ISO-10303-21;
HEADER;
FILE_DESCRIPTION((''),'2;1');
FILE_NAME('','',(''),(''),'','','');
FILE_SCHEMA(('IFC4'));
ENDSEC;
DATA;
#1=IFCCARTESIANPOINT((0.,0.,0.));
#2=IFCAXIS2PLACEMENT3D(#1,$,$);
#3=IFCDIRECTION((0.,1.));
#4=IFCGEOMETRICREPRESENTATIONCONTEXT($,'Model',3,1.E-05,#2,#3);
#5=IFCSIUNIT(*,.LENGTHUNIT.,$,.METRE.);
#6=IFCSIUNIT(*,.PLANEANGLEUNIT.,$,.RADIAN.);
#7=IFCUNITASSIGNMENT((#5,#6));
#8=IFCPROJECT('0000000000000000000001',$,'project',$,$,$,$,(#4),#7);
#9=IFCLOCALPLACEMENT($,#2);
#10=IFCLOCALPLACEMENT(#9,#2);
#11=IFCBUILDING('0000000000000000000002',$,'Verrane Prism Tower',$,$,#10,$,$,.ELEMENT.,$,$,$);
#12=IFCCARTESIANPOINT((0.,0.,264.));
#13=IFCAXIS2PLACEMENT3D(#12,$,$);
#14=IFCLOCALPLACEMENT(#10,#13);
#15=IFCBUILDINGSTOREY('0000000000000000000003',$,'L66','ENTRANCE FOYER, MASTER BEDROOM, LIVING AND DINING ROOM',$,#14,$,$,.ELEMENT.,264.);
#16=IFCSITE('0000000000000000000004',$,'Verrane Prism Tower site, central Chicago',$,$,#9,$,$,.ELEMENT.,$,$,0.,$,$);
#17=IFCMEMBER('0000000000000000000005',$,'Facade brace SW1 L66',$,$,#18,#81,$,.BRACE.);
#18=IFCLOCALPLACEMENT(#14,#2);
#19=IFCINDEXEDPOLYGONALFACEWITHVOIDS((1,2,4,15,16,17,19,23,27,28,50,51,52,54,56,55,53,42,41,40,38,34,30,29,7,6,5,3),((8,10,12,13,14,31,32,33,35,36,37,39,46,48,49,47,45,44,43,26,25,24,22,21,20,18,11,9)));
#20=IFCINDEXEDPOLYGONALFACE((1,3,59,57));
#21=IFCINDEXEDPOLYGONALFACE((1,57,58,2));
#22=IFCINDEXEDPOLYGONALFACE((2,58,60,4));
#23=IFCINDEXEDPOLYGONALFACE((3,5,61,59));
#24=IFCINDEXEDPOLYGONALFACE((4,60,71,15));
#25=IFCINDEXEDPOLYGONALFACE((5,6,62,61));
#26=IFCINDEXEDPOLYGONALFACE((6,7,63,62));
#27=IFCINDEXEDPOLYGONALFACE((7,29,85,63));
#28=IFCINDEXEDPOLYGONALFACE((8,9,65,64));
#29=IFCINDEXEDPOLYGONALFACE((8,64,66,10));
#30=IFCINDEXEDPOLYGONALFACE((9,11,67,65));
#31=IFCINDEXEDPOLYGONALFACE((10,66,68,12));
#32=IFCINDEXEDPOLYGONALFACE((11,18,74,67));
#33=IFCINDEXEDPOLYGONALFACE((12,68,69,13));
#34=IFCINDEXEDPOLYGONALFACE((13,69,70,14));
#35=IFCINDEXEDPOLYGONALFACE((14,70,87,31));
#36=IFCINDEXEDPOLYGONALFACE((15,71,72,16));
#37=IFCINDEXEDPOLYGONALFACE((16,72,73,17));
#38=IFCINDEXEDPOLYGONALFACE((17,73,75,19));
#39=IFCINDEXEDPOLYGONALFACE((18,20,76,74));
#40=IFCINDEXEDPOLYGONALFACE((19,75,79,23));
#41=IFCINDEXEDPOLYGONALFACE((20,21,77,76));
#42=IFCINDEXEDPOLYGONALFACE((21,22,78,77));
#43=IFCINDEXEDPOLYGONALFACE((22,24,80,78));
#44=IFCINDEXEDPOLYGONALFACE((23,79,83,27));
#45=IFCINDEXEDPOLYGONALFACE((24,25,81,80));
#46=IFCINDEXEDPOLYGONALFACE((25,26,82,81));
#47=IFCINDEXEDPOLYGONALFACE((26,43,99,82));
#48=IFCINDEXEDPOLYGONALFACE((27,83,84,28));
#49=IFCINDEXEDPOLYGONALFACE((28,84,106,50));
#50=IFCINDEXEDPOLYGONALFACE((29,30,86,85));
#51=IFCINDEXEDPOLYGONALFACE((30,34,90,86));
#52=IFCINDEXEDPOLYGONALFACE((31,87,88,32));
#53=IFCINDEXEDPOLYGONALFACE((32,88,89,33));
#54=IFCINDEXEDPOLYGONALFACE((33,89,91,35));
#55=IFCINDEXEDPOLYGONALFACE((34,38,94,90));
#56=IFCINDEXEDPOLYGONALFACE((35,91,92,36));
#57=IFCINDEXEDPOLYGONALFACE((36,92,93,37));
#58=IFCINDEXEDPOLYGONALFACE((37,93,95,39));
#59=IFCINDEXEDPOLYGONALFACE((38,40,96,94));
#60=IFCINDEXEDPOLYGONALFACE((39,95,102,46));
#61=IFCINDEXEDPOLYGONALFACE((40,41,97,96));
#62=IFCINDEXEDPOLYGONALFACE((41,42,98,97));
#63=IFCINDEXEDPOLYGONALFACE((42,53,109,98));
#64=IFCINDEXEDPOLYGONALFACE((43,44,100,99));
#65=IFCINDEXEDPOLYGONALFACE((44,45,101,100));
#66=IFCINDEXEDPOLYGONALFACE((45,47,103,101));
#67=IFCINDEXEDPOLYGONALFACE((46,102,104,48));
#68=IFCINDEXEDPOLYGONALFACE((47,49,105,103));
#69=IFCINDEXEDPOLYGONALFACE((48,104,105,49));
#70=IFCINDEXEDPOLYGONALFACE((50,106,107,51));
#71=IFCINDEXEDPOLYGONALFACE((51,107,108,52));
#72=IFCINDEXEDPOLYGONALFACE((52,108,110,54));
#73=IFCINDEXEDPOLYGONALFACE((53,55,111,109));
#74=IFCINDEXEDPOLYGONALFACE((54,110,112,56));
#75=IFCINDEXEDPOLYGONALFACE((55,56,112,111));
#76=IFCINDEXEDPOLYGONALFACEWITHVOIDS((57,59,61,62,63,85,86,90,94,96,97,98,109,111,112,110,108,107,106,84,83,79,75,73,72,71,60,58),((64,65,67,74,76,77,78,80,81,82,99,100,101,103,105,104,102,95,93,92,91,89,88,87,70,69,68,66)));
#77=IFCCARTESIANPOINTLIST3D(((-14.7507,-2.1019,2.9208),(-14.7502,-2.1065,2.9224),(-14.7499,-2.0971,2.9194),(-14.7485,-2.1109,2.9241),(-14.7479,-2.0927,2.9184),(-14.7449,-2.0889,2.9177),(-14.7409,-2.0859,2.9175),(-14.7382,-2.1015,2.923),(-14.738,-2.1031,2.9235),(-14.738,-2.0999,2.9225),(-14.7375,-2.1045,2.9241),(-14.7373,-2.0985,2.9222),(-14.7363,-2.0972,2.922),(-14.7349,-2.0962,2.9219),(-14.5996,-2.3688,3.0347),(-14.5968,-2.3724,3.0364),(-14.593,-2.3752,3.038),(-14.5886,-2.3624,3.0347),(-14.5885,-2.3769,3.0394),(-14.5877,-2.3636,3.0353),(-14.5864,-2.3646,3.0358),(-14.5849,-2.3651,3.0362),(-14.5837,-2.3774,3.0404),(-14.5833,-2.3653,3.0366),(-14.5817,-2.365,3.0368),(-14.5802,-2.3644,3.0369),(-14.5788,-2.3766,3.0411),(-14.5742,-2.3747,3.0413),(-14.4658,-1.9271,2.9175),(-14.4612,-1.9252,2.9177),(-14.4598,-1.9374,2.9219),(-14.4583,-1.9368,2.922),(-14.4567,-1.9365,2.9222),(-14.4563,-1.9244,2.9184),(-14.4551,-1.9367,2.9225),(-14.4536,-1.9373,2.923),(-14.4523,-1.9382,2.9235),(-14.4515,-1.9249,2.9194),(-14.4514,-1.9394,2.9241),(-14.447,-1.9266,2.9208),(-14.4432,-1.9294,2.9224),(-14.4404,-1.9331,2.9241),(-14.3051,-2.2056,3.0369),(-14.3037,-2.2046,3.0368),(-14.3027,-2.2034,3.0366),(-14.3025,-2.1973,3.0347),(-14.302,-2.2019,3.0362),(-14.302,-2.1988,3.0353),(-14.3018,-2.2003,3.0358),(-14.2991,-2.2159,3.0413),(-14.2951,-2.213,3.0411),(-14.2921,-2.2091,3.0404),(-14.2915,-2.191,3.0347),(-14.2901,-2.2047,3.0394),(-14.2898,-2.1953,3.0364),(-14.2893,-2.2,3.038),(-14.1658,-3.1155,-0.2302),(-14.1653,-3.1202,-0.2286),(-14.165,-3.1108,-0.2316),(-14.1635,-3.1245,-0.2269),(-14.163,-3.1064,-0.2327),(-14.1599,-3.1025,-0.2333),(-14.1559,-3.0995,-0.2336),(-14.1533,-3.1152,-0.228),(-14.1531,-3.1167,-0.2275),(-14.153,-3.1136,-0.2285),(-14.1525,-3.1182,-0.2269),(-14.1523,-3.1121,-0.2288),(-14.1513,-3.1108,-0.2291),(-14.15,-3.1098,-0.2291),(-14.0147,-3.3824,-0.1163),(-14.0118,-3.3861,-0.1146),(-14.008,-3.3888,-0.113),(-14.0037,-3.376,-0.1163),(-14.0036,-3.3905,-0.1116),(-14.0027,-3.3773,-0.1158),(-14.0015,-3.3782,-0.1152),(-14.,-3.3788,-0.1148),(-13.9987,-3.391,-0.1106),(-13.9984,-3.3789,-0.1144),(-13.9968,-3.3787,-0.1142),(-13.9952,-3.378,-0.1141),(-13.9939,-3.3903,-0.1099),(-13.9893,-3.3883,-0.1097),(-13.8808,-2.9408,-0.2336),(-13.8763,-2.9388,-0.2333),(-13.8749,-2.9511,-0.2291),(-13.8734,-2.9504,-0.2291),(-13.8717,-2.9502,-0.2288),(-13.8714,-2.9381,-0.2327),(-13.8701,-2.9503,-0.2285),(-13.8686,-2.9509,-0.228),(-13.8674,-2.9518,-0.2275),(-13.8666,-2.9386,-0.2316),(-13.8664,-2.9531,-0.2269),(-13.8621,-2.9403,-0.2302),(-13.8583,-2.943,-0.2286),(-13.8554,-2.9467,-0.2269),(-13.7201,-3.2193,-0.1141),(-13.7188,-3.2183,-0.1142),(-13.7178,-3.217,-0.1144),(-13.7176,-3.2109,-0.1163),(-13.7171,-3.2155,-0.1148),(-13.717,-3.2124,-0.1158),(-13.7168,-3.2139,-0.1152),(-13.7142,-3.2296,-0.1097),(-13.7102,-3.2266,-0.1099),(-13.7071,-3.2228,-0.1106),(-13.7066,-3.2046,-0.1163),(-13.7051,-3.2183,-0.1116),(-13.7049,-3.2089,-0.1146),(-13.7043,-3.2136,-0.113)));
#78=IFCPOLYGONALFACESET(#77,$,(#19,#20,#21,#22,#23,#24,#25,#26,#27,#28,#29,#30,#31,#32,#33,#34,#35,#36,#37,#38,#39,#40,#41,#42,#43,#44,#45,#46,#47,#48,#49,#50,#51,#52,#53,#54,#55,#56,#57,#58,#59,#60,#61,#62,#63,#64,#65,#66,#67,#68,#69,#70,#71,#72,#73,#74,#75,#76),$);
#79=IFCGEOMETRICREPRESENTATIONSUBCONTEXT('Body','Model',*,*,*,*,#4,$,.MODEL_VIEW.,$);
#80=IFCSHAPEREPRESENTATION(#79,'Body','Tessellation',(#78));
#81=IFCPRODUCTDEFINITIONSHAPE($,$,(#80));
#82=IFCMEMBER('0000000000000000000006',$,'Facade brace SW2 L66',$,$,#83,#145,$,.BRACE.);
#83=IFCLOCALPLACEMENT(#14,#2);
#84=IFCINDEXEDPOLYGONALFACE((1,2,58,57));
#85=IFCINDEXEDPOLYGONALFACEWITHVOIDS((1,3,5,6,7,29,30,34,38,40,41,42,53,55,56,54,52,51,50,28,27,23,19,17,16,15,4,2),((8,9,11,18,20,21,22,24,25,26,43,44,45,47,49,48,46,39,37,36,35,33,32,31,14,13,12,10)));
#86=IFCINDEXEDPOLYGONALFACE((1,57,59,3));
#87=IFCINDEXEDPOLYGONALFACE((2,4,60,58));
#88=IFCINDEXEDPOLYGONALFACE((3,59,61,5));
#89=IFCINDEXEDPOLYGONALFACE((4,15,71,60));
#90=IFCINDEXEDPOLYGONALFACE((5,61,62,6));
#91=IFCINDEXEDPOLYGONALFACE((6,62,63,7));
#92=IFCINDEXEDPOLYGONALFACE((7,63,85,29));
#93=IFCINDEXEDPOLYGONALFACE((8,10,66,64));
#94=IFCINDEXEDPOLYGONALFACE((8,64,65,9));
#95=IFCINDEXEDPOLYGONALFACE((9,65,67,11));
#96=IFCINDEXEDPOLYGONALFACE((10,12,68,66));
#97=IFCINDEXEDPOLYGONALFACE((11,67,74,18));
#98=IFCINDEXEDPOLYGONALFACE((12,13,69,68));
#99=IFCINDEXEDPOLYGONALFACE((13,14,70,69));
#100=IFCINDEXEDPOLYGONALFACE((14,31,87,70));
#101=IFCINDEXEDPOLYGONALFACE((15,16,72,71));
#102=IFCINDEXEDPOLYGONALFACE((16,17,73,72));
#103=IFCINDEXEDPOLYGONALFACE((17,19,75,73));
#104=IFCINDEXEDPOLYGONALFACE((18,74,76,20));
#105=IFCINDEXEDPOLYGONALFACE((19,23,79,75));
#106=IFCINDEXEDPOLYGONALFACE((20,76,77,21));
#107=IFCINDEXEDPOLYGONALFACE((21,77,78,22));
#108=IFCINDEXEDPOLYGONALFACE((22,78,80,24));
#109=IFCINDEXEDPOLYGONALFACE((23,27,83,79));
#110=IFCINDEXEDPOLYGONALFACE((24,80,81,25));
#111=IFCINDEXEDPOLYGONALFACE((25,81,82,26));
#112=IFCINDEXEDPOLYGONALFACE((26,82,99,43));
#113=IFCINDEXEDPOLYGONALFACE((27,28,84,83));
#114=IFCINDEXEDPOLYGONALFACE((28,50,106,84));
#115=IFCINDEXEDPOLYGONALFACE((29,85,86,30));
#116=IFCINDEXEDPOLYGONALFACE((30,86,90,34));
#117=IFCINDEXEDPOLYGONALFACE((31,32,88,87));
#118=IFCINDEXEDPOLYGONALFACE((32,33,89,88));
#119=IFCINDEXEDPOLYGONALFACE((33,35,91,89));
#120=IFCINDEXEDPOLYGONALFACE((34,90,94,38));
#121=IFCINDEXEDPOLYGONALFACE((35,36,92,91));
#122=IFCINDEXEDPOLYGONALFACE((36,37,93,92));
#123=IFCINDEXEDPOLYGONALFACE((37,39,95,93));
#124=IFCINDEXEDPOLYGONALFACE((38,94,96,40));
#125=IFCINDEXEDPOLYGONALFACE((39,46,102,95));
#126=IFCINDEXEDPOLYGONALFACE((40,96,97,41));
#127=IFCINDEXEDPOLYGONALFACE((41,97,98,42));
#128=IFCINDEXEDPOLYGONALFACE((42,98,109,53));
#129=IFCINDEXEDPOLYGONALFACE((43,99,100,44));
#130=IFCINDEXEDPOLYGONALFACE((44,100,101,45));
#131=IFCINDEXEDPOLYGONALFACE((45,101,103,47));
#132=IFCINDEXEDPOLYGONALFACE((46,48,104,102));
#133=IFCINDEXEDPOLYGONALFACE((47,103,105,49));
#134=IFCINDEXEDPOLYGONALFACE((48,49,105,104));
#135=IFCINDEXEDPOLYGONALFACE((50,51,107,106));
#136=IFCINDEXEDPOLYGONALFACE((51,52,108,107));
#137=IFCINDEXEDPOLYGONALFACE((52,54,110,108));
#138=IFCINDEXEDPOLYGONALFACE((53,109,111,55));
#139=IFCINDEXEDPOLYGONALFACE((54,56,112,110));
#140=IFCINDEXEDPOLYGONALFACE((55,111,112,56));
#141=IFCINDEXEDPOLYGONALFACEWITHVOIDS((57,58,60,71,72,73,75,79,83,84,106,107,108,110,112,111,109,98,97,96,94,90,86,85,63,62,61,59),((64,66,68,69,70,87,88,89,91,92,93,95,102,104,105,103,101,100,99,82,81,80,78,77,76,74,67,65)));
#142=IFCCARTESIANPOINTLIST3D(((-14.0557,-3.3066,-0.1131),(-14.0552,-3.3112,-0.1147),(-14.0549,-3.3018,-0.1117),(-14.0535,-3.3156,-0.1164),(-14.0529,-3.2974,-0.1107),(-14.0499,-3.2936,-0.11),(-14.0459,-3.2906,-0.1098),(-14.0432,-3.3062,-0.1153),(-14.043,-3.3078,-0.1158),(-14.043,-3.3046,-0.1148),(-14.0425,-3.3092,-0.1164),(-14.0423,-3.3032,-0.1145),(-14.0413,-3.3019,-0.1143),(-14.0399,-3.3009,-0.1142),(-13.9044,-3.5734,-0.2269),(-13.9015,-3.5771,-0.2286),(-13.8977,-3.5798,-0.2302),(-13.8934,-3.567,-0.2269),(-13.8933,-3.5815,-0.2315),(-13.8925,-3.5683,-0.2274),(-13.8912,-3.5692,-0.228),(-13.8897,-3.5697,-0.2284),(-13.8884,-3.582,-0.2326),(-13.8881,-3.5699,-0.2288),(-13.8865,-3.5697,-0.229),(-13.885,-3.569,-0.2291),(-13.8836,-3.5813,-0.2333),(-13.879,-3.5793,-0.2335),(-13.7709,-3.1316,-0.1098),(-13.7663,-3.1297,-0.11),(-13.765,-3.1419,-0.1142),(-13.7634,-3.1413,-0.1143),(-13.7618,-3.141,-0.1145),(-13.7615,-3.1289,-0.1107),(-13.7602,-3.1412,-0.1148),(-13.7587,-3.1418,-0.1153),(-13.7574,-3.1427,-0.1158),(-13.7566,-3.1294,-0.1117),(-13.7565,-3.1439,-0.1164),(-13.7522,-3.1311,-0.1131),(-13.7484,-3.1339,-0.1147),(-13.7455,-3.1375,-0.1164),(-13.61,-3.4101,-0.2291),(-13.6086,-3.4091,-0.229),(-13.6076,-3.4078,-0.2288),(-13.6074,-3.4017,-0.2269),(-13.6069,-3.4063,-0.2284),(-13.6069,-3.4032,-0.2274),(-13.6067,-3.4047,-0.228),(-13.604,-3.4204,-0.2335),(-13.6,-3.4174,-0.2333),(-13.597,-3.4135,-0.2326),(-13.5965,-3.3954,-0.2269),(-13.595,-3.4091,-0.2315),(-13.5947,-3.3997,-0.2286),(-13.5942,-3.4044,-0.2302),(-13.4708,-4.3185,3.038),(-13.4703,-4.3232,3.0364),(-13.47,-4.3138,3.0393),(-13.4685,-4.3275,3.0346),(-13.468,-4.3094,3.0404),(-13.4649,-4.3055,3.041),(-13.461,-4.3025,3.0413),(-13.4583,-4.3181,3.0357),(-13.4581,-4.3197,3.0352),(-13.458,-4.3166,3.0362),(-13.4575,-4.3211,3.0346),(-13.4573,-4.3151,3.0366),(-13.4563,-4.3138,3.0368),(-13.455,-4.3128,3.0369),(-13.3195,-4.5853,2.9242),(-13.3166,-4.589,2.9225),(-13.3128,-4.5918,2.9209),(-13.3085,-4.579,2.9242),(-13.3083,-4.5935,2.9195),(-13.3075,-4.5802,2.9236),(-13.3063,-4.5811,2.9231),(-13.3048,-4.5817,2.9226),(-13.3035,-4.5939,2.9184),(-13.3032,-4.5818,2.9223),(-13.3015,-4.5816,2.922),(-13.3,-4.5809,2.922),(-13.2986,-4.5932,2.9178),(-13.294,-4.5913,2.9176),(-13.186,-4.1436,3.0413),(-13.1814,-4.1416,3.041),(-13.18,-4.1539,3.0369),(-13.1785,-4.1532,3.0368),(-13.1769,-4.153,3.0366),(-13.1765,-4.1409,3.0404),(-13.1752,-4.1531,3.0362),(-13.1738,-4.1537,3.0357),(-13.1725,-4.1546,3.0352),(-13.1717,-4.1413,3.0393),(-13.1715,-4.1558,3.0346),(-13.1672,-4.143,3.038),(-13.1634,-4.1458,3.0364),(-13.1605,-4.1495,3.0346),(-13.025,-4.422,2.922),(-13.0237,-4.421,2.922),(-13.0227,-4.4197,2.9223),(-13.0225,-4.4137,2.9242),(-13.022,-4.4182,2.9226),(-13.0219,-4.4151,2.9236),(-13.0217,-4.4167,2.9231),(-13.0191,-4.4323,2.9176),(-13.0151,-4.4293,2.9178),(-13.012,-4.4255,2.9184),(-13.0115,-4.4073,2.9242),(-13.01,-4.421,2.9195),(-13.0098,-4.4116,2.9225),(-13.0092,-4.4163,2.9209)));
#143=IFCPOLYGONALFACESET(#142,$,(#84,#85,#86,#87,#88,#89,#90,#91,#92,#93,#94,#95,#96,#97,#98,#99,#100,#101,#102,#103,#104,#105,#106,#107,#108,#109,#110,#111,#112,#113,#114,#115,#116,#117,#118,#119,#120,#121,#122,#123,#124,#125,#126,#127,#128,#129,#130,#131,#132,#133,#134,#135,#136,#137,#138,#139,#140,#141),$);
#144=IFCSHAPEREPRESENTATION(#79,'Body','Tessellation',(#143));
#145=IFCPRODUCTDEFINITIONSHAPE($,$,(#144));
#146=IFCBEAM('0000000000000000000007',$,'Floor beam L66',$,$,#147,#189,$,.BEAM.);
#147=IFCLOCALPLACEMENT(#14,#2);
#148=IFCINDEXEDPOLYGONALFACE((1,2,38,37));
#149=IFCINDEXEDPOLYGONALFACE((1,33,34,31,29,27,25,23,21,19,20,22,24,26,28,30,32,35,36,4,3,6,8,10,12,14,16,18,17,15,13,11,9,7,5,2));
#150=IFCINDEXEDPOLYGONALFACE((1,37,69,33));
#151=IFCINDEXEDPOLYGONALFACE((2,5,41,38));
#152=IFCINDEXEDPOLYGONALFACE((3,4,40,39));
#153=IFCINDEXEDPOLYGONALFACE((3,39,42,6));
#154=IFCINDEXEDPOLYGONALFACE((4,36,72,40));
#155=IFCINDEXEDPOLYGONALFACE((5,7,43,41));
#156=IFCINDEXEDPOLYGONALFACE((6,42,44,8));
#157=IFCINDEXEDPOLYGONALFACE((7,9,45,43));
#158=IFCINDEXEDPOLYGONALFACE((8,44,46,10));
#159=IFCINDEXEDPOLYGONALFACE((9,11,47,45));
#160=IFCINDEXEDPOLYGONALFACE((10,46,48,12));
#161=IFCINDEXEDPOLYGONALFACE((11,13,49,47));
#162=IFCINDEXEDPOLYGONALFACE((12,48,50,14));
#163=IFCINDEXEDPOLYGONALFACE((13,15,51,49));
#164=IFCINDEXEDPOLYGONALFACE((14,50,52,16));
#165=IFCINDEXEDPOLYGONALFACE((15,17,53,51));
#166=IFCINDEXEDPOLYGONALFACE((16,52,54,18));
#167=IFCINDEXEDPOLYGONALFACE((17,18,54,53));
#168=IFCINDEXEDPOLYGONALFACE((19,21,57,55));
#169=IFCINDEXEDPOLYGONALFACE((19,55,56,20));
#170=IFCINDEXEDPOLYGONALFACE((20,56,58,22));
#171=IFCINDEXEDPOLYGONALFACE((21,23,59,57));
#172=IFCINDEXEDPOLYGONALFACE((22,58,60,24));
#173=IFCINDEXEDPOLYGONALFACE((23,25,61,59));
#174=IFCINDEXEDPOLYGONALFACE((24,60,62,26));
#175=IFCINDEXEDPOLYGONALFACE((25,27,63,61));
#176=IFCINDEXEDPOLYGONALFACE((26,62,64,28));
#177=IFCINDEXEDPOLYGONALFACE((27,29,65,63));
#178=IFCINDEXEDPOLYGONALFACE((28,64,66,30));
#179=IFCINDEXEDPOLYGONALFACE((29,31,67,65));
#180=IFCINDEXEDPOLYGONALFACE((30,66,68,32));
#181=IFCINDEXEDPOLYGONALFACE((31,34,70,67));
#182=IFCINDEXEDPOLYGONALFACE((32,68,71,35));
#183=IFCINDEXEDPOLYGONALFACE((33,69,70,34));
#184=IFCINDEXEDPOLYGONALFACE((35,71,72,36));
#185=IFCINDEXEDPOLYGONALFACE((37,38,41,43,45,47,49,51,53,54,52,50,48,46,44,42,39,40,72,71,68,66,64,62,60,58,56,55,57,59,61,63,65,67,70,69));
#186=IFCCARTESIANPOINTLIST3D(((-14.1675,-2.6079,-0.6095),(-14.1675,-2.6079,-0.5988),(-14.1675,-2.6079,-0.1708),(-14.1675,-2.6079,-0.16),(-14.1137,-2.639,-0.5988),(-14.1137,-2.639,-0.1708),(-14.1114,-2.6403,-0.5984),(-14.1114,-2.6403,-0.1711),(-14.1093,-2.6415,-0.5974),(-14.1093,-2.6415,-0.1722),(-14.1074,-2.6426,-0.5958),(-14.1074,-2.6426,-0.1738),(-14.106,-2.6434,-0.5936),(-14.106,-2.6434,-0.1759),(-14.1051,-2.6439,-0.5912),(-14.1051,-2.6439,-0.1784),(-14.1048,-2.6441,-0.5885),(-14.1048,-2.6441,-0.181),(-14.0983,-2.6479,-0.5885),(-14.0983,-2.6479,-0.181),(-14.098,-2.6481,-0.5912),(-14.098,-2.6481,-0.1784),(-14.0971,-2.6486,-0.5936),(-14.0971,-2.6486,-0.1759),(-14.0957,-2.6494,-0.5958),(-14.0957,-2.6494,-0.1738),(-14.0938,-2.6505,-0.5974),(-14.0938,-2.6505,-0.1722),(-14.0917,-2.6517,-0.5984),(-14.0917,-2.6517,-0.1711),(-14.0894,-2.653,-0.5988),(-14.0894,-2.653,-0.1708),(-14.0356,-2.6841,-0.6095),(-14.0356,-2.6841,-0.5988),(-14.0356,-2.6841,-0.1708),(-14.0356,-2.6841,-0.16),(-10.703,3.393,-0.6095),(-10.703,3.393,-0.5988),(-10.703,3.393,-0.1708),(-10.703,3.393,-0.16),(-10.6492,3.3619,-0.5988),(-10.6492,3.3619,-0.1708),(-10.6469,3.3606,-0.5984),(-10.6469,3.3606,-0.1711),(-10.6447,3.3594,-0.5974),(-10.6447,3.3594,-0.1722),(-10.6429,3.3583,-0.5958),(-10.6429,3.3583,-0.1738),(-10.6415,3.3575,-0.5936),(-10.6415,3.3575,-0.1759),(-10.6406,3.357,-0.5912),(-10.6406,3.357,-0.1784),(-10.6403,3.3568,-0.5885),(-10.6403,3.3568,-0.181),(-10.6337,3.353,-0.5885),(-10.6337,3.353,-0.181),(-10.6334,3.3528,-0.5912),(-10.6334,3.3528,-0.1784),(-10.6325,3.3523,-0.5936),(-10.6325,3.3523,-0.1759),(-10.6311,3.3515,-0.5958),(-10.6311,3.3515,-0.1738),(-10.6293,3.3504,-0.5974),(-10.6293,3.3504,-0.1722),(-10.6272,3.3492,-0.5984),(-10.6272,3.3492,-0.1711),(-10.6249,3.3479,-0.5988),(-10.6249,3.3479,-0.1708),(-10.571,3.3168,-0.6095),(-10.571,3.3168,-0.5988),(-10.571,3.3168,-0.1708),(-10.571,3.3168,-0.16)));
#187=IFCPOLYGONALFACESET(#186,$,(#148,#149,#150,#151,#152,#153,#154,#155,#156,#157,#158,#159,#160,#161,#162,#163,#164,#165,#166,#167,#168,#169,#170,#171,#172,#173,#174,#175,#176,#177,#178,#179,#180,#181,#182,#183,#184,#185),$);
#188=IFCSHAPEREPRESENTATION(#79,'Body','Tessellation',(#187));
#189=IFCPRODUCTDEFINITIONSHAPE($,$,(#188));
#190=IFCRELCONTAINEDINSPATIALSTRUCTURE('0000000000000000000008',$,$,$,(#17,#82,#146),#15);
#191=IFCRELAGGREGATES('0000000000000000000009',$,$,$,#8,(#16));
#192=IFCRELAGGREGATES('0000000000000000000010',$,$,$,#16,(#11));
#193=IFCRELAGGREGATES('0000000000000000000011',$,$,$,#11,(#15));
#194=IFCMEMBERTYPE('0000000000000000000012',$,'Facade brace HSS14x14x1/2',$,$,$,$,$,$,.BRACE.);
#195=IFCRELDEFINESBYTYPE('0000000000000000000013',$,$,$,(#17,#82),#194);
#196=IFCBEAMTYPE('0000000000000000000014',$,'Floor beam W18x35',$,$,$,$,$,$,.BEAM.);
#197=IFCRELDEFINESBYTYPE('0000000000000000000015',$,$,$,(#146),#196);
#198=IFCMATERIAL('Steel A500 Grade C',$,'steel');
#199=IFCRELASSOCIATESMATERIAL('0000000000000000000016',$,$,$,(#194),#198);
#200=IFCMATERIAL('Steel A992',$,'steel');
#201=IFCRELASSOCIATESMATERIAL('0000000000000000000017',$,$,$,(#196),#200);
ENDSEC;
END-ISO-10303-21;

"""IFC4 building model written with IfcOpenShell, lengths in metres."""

from ifc_helpers import new_model, si_unit, direction, frame, origin, origin_2d, place, context, subcontext, project, spatial, hollow_rectangle, i_section, extrude, material, material_profile, profile_set, type_object, element, save


model = new_model("IFC4")

# Units and contexts
model_context = context("Model", 3, precision=1e-05, world=origin(), true_north=direction((0.0, 1.0)))
body_context = subcontext(model_context, "Body", "Model", "MODEL_VIEW")
ifc_project = project(units=[si_unit("LENGTHUNIT", "METRE"), si_unit("PLANEANGLEUNIT", "RADIAN")], contexts=[model_context])

# Site, building, storey
site_placement = place(None, origin())
site = spatial("IfcSite", under=ifc_project, at=site_placement, Name="Verrane Prism Tower site, central Chicago", CompositionType="ELEMENT", RefElevation=0.0)
building_placement = place(site_placement, origin())
building = spatial("IfcBuilding", under=site, at=building_placement, Name="Verrane Prism Tower", CompositionType="ELEMENT")
storey_placement = place(building_placement, frame((0.0, 0.0, 264.0)))
storey = spatial("IfcBuildingStorey", under=building, at=storey_placement, Name="L66", Description="ENTRANCE FOYER, MASTER BEDROOM, LIVING AND DINING ROOM", CompositionType="ELEMENT", Elevation=264.0)

# Members
ifc_material_1 = material(Name="Steel A500 Grade C", Category="steel")
ifc_material_profile_1 = material_profile(ifc_material_1, hollow_rectangle(XDim=0.3557, YDim=0.3557, WallThickness=0.0127, InnerFilletRadius=0.0063, OuterFilletRadius=0.019, at=origin_2d()), Name="HSS14x14x1/2")
ifc_profile_set_1 = profile_set([ifc_material_profile_1], Name="Steel A500 Grade C")
member_type_1 = type_object("IfcMemberType", Name="Facade brace HSS14x14x1/2", PredefinedType="BRACE", material=ifc_profile_set_1)
member_1_placement = place(storey_placement, frame((-13.9351, -3.1646, -0.1716), z_axis=(-0.174021, 0.301559, 0.937432), x_axis=(-0.86613, -0.499819, 0.0)))
element("IfcMember", 1, at=member_1_placement, inside=storey, type_object=member_type_1, Name="Facade brace SW1 L66", PredefinedType="BRACE", context=body_context, shape_type="SweptSolid", body=[
    extrude(hollow_rectangle(XDim=0.3557, YDim=0.3557, WallThickness=0.0127, InnerFilletRadius=0.0063, OuterFilletRadius=0.019, at=origin_2d()), origin(), (0.0, 0.0, 1.0), 3.3613),
])
member_2_placement = place(storey_placement, frame((-13.825, -3.3555, -0.1716), z_axis=(0.174048, -0.301096, 0.937576), x_axis=(0.865765, 0.500452, 0.0)))
element("IfcMember", 2, at=member_2_placement, inside=storey, type_object=member_type_1, Name="Facade brace SW2 L66", PredefinedType="BRACE", context=body_context, shape_type="SweptSolid", body=[
    extrude(hollow_rectangle(XDim=0.3557, YDim=0.3557, WallThickness=0.0127, InnerFilletRadius=0.0063, OuterFilletRadius=0.019, at=origin_2d()), origin(), (0.0, 0.0, 1.0), 3.3608),
])

# Beam
ifc_material_2 = material(Name="Steel A992", Category="steel")
ifc_material_profile_2 = material_profile(ifc_material_2, i_section(OverallWidth=0.1523, OverallDepth=0.4495, WebThickness=0.0076, FlangeThickness=0.0107, FilletRadius=0.0103, at=origin_2d()), Name="W18x35")
ifc_profile_set_2 = profile_set([ifc_material_profile_2], Name="Steel A992")
beam_type_1 = type_object("IfcBeamType", Name="Floor beam W18x35", PredefinedType="BEAM", material=ifc_profile_set_2)
beam_1_placement = place(storey_placement, frame((-14.1016, -2.646, -0.3848), z_axis=(0.499993, 0.86603, 0.0), x_axis=(-0.86603, 0.499993, 0.0)))
element("IfcBeam", 3, at=beam_1_placement, inside=storey, type_object=beam_type_1, Name="Floor beam L66", PredefinedType="BEAM", context=body_context, shape_type="SweptSolid", body=[
    extrude(i_section(OverallWidth=0.1523, OverallDepth=0.4495, WebThickness=0.0076, FlangeThickness=0.0107, FilletRadius=0.0103, at=origin_2d()), origin(), (0.0, 0.0, 1.0), 6.9292),
])

save(model, "model.ifc")
